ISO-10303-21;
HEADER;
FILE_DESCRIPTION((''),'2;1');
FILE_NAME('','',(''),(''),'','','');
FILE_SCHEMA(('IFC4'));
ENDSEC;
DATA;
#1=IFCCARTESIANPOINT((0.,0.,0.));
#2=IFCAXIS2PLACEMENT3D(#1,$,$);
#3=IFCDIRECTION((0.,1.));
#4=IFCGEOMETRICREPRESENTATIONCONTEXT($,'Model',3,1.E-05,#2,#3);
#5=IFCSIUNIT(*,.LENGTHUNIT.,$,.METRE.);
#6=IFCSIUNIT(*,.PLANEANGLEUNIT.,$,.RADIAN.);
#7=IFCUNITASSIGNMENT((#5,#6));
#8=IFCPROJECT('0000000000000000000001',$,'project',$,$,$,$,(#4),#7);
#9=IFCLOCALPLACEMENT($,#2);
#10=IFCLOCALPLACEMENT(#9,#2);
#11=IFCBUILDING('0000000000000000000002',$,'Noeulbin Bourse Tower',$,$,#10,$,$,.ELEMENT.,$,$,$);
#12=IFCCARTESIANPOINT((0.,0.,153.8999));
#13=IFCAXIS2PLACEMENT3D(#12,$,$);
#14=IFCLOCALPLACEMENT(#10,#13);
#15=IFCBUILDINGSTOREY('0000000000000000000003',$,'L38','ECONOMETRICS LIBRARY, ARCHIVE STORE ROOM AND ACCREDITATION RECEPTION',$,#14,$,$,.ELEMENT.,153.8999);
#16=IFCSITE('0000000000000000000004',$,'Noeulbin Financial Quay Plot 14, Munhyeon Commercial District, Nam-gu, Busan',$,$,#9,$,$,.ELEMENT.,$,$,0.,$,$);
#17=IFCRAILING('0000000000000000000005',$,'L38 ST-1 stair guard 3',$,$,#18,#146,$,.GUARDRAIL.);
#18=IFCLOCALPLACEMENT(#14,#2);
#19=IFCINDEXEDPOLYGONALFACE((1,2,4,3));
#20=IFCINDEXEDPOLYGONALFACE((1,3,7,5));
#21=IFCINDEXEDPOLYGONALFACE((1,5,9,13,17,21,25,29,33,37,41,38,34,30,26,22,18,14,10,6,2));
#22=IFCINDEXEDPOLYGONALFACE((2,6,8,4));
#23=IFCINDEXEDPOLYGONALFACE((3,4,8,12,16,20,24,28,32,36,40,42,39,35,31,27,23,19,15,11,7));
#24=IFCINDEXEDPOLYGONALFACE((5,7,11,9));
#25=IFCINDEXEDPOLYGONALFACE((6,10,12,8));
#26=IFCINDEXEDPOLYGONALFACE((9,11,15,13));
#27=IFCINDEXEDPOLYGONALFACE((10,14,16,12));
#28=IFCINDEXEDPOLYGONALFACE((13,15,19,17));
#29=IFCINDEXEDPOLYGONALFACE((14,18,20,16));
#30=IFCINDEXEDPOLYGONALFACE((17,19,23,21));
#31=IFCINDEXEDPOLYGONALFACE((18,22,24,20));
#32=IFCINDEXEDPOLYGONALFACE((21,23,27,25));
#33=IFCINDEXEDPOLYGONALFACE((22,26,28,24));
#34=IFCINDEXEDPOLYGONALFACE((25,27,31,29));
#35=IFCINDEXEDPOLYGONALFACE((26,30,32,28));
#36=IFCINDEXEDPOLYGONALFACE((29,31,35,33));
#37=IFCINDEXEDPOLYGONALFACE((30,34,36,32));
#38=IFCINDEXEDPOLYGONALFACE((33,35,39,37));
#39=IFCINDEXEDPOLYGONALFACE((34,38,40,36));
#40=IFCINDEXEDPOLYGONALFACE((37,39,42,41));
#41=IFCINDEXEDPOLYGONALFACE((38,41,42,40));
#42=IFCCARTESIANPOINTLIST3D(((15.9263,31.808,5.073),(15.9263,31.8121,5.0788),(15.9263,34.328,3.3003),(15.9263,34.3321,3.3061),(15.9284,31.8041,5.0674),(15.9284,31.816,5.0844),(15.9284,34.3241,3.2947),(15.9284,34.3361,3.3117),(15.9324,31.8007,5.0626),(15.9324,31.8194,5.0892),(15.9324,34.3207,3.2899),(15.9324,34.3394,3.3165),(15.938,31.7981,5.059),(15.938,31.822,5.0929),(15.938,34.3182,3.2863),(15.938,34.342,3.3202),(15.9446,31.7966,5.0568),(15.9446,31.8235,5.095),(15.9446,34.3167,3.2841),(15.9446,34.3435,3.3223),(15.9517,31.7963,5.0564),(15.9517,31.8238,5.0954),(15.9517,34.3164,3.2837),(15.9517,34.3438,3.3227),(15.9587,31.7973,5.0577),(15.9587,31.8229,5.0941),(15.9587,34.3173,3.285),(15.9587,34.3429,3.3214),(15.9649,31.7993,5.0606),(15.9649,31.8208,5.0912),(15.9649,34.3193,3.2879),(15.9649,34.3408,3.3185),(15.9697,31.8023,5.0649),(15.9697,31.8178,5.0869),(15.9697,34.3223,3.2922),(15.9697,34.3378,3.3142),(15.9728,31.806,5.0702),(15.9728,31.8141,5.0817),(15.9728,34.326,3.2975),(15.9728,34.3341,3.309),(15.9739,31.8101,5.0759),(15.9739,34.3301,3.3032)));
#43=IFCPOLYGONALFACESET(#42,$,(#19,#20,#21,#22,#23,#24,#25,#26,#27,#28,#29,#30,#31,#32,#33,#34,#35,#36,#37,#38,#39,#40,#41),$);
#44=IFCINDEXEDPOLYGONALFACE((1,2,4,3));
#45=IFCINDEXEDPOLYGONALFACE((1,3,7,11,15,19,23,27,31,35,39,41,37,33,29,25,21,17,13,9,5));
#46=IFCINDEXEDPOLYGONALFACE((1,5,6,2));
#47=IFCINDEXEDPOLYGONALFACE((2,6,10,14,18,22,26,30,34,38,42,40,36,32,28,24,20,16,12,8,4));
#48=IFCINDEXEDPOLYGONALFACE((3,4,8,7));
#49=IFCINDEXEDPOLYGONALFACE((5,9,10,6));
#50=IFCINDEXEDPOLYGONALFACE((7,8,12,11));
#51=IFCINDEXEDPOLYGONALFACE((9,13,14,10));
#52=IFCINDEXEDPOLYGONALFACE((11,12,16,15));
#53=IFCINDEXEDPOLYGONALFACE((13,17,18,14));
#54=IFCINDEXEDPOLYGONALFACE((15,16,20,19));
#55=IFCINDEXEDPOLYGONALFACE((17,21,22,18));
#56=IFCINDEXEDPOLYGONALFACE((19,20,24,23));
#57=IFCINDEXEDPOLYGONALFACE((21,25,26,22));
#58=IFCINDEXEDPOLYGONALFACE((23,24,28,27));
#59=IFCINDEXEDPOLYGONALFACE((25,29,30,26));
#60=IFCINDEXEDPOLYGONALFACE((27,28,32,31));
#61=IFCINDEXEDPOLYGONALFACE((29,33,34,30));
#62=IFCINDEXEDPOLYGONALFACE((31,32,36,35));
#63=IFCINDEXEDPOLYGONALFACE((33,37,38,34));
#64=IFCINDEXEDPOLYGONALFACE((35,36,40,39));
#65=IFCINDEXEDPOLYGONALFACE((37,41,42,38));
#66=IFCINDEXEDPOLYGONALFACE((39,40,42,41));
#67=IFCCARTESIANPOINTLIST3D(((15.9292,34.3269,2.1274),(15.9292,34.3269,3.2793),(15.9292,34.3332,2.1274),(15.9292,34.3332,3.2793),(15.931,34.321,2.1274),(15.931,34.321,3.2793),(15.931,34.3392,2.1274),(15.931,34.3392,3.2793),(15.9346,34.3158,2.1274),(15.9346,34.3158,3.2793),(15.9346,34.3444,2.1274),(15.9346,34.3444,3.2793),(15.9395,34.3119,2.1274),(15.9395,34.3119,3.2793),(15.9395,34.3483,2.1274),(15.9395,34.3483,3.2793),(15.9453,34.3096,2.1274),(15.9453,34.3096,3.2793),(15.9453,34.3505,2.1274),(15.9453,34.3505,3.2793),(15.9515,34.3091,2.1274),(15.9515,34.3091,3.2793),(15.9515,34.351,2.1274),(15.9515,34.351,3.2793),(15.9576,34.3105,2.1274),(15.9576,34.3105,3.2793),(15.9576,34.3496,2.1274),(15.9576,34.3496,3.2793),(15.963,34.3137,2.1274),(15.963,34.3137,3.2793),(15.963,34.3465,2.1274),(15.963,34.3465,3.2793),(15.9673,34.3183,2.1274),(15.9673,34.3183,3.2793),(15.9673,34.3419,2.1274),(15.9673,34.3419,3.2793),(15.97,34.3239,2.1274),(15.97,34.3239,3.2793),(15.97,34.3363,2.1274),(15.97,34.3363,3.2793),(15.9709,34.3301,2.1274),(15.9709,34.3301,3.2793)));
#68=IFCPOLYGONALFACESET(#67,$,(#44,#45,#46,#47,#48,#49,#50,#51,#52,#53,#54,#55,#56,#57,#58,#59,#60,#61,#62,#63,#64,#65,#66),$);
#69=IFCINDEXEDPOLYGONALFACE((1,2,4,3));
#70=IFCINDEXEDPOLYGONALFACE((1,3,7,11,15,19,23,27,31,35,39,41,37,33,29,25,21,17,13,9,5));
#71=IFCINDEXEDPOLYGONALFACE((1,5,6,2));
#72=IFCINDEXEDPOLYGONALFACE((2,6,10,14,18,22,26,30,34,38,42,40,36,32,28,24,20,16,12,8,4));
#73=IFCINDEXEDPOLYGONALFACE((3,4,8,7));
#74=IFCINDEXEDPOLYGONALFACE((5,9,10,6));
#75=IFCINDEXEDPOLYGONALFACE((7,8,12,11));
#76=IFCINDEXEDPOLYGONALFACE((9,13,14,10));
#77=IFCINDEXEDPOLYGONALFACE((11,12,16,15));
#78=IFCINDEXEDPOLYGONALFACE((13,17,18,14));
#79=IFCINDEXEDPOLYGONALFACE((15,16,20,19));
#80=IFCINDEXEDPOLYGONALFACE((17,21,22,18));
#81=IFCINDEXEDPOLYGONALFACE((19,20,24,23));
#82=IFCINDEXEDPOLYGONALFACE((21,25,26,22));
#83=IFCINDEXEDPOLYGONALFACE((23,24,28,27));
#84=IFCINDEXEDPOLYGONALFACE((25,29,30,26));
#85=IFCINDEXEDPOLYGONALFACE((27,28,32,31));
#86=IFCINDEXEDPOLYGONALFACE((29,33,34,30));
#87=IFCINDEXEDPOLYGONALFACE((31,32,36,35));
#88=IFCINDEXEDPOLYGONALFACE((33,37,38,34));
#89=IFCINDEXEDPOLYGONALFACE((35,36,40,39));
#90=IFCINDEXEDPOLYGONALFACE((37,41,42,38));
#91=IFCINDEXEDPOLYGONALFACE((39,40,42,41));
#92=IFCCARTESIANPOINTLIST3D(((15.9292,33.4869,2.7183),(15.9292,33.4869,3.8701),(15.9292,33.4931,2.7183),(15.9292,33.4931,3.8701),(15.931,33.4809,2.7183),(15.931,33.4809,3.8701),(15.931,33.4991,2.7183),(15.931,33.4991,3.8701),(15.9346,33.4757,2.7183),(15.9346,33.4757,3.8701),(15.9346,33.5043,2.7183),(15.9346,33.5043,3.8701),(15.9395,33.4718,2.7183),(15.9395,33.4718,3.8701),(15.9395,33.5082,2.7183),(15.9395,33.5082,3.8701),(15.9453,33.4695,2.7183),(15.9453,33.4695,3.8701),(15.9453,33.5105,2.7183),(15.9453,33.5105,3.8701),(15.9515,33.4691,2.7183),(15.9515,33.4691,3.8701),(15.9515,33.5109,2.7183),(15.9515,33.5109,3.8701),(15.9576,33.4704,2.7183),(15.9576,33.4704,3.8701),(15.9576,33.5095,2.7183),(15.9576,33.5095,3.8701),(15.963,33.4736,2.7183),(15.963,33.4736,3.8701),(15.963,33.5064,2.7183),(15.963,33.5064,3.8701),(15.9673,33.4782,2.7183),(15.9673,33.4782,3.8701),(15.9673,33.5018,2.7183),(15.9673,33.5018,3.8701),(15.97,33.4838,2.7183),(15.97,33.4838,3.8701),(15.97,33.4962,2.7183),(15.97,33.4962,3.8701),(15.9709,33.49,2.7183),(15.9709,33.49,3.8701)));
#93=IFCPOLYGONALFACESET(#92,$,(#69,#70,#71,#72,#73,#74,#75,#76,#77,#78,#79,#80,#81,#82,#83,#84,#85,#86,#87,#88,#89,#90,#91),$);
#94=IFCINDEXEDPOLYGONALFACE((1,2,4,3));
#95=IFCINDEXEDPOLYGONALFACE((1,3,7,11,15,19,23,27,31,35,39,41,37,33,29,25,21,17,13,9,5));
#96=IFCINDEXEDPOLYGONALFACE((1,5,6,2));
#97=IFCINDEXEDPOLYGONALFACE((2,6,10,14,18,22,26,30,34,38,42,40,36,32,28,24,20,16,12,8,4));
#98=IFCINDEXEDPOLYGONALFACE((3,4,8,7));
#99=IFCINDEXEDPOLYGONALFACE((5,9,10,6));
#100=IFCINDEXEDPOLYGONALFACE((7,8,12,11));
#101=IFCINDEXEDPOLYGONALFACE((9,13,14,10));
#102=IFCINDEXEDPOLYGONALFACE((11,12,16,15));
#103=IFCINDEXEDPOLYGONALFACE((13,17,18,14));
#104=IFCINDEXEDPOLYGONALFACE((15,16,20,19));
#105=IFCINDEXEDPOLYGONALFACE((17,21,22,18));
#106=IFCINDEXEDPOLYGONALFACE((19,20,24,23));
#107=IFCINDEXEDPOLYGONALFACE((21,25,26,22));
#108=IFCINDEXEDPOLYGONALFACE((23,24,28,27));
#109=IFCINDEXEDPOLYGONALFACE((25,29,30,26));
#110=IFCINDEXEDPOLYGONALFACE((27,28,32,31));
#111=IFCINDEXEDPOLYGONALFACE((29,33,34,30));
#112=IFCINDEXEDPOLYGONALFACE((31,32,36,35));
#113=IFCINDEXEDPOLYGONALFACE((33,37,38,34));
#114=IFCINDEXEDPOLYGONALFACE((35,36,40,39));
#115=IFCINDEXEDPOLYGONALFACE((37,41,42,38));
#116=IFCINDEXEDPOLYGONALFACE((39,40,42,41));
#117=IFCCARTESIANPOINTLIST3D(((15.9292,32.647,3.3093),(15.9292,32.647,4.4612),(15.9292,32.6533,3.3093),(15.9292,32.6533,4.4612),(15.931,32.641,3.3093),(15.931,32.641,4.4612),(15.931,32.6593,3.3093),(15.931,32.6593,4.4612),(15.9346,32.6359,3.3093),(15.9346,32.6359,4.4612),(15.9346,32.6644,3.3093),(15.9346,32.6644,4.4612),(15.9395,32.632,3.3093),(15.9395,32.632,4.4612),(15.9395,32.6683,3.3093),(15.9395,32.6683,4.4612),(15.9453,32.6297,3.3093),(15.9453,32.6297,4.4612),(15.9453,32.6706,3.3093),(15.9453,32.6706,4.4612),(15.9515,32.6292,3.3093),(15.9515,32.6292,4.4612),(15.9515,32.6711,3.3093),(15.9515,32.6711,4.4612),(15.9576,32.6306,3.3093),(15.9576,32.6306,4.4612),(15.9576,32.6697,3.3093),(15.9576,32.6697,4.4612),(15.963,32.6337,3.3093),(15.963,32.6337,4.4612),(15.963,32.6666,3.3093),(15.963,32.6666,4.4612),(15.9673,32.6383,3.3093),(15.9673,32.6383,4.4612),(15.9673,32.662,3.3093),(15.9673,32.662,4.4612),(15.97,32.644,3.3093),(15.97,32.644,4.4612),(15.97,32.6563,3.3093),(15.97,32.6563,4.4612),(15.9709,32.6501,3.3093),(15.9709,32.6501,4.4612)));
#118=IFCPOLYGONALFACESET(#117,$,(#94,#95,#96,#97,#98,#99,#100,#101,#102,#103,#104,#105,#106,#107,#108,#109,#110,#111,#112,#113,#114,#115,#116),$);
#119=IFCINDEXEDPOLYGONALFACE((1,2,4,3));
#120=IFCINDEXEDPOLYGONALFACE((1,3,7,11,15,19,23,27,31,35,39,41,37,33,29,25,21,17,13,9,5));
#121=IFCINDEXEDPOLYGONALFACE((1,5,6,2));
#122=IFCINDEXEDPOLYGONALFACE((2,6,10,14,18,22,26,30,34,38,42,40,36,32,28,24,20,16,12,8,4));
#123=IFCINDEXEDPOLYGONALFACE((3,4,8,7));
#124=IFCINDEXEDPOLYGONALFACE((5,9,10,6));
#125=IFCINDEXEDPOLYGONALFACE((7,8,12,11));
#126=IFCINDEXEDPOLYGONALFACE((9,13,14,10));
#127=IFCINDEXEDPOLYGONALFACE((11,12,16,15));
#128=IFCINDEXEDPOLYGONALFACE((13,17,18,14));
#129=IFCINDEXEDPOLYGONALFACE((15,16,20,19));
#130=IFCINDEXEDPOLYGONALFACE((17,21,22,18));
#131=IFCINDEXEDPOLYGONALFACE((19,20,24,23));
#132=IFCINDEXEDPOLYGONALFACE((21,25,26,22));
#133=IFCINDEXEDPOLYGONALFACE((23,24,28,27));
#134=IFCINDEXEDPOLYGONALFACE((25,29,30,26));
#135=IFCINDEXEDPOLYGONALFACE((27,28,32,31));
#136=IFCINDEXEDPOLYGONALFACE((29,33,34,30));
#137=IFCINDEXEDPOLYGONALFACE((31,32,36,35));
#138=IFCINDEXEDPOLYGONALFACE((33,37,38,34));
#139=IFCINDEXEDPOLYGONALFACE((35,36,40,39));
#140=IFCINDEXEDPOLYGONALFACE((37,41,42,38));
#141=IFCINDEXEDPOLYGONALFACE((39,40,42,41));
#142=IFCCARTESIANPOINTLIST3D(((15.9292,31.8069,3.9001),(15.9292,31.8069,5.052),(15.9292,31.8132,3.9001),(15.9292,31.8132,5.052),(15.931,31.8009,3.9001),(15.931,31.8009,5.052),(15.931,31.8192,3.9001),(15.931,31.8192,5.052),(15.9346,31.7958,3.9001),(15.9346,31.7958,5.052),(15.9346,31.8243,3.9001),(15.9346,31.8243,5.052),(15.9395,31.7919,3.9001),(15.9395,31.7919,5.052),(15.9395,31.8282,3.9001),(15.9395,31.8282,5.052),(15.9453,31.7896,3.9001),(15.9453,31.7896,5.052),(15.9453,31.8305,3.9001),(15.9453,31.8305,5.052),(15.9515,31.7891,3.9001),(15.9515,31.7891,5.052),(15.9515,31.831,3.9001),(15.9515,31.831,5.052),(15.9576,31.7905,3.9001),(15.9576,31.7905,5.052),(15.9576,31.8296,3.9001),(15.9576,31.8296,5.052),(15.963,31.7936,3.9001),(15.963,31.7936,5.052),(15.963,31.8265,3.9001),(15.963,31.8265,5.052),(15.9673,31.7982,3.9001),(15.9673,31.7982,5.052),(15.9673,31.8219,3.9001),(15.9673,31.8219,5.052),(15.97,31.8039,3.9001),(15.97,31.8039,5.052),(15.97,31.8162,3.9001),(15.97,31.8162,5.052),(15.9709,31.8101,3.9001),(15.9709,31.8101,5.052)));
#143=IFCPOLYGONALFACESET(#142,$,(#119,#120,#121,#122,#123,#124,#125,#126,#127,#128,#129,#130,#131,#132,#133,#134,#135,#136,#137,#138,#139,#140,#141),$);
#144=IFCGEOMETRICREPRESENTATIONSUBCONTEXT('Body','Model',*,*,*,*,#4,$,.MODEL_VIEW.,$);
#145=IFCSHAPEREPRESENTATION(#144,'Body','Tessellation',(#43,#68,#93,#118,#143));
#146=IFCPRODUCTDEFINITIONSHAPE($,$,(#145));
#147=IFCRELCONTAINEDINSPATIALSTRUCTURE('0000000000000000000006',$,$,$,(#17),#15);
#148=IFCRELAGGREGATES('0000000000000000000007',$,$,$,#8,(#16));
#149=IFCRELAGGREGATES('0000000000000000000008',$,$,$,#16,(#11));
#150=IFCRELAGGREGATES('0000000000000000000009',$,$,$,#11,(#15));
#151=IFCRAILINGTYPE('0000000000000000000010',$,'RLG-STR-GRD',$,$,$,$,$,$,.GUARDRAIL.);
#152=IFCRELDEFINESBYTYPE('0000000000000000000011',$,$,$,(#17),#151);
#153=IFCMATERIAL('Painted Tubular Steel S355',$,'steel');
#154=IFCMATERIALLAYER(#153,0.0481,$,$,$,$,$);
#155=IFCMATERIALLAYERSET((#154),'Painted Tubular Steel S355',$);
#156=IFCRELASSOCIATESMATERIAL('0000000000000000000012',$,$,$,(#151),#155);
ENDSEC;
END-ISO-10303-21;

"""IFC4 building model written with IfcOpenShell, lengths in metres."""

from ifc_helpers import new_model, si_unit, direction, frame, origin, origin_2d, place, context, subcontext, project, spatial, circle, extrude, material, layer, layer_set, type_object, element, save


model = new_model("IFC4")

# Units and contexts
model_context = context("Model", 3, precision=1e-05, world=origin(), true_north=direction((0.0, 1.0)))
body_context = subcontext(model_context, "Body", "Model", "MODEL_VIEW")
ifc_project = project(units=[si_unit("LENGTHUNIT", "METRE"), si_unit("PLANEANGLEUNIT", "RADIAN")], contexts=[model_context])

# Site, building, storey
site_placement = place(None, origin())
site = spatial("IfcSite", under=ifc_project, at=site_placement, Name="Noeulbin Financial Quay Plot 14, Munhyeon Commercial District, Nam-gu, Busan", CompositionType="ELEMENT", RefElevation=0.0)
building_placement = place(site_placement, origin())
building = spatial("IfcBuilding", under=site, at=building_placement, Name="Noeulbin Bourse Tower", CompositionType="ELEMENT")
storey_placement = place(building_placement, frame((0.0, 0.0, 153.8999)))
storey = spatial("IfcBuildingStorey", under=building, at=storey_placement, Name="L38", Description="ECONOMETRICS LIBRARY, ARCHIVE STORE ROOM AND ACCREDITATION RECEPTION", CompositionType="ELEMENT", Elevation=153.8999)

# Railing
ifc_material_1 = material(Name="Painted Tubular Steel S355", Category="steel")
ifc_layer_1 = layer(ifc_material_1, 0.0481)
ifc_layer_set_1 = layer_set([ifc_layer_1], Name="Painted Tubular Steel S355")
railing_type_1 = type_object("IfcRailingType", Name="RLG-STR-GRD", PredefinedType="GUARDRAIL", material=ifc_layer_set_1)
railing_1_placement = place(storey_placement, frame((15.95, 34.3301, 2.1274)))
element("IfcRailing", 1, at=railing_1_placement, inside=storey, type_object=railing_type_1, Name="L38 ST-1 stair guard 3", PredefinedType="GUARDRAIL", context=body_context, shape_type="SweptSolid", body=[
    extrude(circle(Radius=0.0239, at=origin_2d()), frame((0.0, 0.0, 1.1758), z_axis=(0.0, -0.817904, 0.575354), x_axis=(1.0, 0.0, 0.0)), (0.0, 0.0, 1.0), 3.0811),
    extrude(circle(Radius=0.021, at=origin_2d()), origin(), (0.0, 0.0, 1.0), 1.1519),
    extrude(circle(Radius=0.021, at=origin_2d()), frame((0.0, -0.8401, 0.5908)), (0.0, 0.0, 1.0), 1.1519),
    extrude(circle(Radius=0.021, at=origin_2d()), frame((0.0, -1.6799, 1.1819)), (0.0, 0.0, 1.0), 1.1519),
    extrude(circle(Radius=0.021, at=origin_2d()), frame((0.0, -2.52, 1.7727)), (0.0, 0.0, 1.0), 1.1519),
])

save(model, "model.ifc")
